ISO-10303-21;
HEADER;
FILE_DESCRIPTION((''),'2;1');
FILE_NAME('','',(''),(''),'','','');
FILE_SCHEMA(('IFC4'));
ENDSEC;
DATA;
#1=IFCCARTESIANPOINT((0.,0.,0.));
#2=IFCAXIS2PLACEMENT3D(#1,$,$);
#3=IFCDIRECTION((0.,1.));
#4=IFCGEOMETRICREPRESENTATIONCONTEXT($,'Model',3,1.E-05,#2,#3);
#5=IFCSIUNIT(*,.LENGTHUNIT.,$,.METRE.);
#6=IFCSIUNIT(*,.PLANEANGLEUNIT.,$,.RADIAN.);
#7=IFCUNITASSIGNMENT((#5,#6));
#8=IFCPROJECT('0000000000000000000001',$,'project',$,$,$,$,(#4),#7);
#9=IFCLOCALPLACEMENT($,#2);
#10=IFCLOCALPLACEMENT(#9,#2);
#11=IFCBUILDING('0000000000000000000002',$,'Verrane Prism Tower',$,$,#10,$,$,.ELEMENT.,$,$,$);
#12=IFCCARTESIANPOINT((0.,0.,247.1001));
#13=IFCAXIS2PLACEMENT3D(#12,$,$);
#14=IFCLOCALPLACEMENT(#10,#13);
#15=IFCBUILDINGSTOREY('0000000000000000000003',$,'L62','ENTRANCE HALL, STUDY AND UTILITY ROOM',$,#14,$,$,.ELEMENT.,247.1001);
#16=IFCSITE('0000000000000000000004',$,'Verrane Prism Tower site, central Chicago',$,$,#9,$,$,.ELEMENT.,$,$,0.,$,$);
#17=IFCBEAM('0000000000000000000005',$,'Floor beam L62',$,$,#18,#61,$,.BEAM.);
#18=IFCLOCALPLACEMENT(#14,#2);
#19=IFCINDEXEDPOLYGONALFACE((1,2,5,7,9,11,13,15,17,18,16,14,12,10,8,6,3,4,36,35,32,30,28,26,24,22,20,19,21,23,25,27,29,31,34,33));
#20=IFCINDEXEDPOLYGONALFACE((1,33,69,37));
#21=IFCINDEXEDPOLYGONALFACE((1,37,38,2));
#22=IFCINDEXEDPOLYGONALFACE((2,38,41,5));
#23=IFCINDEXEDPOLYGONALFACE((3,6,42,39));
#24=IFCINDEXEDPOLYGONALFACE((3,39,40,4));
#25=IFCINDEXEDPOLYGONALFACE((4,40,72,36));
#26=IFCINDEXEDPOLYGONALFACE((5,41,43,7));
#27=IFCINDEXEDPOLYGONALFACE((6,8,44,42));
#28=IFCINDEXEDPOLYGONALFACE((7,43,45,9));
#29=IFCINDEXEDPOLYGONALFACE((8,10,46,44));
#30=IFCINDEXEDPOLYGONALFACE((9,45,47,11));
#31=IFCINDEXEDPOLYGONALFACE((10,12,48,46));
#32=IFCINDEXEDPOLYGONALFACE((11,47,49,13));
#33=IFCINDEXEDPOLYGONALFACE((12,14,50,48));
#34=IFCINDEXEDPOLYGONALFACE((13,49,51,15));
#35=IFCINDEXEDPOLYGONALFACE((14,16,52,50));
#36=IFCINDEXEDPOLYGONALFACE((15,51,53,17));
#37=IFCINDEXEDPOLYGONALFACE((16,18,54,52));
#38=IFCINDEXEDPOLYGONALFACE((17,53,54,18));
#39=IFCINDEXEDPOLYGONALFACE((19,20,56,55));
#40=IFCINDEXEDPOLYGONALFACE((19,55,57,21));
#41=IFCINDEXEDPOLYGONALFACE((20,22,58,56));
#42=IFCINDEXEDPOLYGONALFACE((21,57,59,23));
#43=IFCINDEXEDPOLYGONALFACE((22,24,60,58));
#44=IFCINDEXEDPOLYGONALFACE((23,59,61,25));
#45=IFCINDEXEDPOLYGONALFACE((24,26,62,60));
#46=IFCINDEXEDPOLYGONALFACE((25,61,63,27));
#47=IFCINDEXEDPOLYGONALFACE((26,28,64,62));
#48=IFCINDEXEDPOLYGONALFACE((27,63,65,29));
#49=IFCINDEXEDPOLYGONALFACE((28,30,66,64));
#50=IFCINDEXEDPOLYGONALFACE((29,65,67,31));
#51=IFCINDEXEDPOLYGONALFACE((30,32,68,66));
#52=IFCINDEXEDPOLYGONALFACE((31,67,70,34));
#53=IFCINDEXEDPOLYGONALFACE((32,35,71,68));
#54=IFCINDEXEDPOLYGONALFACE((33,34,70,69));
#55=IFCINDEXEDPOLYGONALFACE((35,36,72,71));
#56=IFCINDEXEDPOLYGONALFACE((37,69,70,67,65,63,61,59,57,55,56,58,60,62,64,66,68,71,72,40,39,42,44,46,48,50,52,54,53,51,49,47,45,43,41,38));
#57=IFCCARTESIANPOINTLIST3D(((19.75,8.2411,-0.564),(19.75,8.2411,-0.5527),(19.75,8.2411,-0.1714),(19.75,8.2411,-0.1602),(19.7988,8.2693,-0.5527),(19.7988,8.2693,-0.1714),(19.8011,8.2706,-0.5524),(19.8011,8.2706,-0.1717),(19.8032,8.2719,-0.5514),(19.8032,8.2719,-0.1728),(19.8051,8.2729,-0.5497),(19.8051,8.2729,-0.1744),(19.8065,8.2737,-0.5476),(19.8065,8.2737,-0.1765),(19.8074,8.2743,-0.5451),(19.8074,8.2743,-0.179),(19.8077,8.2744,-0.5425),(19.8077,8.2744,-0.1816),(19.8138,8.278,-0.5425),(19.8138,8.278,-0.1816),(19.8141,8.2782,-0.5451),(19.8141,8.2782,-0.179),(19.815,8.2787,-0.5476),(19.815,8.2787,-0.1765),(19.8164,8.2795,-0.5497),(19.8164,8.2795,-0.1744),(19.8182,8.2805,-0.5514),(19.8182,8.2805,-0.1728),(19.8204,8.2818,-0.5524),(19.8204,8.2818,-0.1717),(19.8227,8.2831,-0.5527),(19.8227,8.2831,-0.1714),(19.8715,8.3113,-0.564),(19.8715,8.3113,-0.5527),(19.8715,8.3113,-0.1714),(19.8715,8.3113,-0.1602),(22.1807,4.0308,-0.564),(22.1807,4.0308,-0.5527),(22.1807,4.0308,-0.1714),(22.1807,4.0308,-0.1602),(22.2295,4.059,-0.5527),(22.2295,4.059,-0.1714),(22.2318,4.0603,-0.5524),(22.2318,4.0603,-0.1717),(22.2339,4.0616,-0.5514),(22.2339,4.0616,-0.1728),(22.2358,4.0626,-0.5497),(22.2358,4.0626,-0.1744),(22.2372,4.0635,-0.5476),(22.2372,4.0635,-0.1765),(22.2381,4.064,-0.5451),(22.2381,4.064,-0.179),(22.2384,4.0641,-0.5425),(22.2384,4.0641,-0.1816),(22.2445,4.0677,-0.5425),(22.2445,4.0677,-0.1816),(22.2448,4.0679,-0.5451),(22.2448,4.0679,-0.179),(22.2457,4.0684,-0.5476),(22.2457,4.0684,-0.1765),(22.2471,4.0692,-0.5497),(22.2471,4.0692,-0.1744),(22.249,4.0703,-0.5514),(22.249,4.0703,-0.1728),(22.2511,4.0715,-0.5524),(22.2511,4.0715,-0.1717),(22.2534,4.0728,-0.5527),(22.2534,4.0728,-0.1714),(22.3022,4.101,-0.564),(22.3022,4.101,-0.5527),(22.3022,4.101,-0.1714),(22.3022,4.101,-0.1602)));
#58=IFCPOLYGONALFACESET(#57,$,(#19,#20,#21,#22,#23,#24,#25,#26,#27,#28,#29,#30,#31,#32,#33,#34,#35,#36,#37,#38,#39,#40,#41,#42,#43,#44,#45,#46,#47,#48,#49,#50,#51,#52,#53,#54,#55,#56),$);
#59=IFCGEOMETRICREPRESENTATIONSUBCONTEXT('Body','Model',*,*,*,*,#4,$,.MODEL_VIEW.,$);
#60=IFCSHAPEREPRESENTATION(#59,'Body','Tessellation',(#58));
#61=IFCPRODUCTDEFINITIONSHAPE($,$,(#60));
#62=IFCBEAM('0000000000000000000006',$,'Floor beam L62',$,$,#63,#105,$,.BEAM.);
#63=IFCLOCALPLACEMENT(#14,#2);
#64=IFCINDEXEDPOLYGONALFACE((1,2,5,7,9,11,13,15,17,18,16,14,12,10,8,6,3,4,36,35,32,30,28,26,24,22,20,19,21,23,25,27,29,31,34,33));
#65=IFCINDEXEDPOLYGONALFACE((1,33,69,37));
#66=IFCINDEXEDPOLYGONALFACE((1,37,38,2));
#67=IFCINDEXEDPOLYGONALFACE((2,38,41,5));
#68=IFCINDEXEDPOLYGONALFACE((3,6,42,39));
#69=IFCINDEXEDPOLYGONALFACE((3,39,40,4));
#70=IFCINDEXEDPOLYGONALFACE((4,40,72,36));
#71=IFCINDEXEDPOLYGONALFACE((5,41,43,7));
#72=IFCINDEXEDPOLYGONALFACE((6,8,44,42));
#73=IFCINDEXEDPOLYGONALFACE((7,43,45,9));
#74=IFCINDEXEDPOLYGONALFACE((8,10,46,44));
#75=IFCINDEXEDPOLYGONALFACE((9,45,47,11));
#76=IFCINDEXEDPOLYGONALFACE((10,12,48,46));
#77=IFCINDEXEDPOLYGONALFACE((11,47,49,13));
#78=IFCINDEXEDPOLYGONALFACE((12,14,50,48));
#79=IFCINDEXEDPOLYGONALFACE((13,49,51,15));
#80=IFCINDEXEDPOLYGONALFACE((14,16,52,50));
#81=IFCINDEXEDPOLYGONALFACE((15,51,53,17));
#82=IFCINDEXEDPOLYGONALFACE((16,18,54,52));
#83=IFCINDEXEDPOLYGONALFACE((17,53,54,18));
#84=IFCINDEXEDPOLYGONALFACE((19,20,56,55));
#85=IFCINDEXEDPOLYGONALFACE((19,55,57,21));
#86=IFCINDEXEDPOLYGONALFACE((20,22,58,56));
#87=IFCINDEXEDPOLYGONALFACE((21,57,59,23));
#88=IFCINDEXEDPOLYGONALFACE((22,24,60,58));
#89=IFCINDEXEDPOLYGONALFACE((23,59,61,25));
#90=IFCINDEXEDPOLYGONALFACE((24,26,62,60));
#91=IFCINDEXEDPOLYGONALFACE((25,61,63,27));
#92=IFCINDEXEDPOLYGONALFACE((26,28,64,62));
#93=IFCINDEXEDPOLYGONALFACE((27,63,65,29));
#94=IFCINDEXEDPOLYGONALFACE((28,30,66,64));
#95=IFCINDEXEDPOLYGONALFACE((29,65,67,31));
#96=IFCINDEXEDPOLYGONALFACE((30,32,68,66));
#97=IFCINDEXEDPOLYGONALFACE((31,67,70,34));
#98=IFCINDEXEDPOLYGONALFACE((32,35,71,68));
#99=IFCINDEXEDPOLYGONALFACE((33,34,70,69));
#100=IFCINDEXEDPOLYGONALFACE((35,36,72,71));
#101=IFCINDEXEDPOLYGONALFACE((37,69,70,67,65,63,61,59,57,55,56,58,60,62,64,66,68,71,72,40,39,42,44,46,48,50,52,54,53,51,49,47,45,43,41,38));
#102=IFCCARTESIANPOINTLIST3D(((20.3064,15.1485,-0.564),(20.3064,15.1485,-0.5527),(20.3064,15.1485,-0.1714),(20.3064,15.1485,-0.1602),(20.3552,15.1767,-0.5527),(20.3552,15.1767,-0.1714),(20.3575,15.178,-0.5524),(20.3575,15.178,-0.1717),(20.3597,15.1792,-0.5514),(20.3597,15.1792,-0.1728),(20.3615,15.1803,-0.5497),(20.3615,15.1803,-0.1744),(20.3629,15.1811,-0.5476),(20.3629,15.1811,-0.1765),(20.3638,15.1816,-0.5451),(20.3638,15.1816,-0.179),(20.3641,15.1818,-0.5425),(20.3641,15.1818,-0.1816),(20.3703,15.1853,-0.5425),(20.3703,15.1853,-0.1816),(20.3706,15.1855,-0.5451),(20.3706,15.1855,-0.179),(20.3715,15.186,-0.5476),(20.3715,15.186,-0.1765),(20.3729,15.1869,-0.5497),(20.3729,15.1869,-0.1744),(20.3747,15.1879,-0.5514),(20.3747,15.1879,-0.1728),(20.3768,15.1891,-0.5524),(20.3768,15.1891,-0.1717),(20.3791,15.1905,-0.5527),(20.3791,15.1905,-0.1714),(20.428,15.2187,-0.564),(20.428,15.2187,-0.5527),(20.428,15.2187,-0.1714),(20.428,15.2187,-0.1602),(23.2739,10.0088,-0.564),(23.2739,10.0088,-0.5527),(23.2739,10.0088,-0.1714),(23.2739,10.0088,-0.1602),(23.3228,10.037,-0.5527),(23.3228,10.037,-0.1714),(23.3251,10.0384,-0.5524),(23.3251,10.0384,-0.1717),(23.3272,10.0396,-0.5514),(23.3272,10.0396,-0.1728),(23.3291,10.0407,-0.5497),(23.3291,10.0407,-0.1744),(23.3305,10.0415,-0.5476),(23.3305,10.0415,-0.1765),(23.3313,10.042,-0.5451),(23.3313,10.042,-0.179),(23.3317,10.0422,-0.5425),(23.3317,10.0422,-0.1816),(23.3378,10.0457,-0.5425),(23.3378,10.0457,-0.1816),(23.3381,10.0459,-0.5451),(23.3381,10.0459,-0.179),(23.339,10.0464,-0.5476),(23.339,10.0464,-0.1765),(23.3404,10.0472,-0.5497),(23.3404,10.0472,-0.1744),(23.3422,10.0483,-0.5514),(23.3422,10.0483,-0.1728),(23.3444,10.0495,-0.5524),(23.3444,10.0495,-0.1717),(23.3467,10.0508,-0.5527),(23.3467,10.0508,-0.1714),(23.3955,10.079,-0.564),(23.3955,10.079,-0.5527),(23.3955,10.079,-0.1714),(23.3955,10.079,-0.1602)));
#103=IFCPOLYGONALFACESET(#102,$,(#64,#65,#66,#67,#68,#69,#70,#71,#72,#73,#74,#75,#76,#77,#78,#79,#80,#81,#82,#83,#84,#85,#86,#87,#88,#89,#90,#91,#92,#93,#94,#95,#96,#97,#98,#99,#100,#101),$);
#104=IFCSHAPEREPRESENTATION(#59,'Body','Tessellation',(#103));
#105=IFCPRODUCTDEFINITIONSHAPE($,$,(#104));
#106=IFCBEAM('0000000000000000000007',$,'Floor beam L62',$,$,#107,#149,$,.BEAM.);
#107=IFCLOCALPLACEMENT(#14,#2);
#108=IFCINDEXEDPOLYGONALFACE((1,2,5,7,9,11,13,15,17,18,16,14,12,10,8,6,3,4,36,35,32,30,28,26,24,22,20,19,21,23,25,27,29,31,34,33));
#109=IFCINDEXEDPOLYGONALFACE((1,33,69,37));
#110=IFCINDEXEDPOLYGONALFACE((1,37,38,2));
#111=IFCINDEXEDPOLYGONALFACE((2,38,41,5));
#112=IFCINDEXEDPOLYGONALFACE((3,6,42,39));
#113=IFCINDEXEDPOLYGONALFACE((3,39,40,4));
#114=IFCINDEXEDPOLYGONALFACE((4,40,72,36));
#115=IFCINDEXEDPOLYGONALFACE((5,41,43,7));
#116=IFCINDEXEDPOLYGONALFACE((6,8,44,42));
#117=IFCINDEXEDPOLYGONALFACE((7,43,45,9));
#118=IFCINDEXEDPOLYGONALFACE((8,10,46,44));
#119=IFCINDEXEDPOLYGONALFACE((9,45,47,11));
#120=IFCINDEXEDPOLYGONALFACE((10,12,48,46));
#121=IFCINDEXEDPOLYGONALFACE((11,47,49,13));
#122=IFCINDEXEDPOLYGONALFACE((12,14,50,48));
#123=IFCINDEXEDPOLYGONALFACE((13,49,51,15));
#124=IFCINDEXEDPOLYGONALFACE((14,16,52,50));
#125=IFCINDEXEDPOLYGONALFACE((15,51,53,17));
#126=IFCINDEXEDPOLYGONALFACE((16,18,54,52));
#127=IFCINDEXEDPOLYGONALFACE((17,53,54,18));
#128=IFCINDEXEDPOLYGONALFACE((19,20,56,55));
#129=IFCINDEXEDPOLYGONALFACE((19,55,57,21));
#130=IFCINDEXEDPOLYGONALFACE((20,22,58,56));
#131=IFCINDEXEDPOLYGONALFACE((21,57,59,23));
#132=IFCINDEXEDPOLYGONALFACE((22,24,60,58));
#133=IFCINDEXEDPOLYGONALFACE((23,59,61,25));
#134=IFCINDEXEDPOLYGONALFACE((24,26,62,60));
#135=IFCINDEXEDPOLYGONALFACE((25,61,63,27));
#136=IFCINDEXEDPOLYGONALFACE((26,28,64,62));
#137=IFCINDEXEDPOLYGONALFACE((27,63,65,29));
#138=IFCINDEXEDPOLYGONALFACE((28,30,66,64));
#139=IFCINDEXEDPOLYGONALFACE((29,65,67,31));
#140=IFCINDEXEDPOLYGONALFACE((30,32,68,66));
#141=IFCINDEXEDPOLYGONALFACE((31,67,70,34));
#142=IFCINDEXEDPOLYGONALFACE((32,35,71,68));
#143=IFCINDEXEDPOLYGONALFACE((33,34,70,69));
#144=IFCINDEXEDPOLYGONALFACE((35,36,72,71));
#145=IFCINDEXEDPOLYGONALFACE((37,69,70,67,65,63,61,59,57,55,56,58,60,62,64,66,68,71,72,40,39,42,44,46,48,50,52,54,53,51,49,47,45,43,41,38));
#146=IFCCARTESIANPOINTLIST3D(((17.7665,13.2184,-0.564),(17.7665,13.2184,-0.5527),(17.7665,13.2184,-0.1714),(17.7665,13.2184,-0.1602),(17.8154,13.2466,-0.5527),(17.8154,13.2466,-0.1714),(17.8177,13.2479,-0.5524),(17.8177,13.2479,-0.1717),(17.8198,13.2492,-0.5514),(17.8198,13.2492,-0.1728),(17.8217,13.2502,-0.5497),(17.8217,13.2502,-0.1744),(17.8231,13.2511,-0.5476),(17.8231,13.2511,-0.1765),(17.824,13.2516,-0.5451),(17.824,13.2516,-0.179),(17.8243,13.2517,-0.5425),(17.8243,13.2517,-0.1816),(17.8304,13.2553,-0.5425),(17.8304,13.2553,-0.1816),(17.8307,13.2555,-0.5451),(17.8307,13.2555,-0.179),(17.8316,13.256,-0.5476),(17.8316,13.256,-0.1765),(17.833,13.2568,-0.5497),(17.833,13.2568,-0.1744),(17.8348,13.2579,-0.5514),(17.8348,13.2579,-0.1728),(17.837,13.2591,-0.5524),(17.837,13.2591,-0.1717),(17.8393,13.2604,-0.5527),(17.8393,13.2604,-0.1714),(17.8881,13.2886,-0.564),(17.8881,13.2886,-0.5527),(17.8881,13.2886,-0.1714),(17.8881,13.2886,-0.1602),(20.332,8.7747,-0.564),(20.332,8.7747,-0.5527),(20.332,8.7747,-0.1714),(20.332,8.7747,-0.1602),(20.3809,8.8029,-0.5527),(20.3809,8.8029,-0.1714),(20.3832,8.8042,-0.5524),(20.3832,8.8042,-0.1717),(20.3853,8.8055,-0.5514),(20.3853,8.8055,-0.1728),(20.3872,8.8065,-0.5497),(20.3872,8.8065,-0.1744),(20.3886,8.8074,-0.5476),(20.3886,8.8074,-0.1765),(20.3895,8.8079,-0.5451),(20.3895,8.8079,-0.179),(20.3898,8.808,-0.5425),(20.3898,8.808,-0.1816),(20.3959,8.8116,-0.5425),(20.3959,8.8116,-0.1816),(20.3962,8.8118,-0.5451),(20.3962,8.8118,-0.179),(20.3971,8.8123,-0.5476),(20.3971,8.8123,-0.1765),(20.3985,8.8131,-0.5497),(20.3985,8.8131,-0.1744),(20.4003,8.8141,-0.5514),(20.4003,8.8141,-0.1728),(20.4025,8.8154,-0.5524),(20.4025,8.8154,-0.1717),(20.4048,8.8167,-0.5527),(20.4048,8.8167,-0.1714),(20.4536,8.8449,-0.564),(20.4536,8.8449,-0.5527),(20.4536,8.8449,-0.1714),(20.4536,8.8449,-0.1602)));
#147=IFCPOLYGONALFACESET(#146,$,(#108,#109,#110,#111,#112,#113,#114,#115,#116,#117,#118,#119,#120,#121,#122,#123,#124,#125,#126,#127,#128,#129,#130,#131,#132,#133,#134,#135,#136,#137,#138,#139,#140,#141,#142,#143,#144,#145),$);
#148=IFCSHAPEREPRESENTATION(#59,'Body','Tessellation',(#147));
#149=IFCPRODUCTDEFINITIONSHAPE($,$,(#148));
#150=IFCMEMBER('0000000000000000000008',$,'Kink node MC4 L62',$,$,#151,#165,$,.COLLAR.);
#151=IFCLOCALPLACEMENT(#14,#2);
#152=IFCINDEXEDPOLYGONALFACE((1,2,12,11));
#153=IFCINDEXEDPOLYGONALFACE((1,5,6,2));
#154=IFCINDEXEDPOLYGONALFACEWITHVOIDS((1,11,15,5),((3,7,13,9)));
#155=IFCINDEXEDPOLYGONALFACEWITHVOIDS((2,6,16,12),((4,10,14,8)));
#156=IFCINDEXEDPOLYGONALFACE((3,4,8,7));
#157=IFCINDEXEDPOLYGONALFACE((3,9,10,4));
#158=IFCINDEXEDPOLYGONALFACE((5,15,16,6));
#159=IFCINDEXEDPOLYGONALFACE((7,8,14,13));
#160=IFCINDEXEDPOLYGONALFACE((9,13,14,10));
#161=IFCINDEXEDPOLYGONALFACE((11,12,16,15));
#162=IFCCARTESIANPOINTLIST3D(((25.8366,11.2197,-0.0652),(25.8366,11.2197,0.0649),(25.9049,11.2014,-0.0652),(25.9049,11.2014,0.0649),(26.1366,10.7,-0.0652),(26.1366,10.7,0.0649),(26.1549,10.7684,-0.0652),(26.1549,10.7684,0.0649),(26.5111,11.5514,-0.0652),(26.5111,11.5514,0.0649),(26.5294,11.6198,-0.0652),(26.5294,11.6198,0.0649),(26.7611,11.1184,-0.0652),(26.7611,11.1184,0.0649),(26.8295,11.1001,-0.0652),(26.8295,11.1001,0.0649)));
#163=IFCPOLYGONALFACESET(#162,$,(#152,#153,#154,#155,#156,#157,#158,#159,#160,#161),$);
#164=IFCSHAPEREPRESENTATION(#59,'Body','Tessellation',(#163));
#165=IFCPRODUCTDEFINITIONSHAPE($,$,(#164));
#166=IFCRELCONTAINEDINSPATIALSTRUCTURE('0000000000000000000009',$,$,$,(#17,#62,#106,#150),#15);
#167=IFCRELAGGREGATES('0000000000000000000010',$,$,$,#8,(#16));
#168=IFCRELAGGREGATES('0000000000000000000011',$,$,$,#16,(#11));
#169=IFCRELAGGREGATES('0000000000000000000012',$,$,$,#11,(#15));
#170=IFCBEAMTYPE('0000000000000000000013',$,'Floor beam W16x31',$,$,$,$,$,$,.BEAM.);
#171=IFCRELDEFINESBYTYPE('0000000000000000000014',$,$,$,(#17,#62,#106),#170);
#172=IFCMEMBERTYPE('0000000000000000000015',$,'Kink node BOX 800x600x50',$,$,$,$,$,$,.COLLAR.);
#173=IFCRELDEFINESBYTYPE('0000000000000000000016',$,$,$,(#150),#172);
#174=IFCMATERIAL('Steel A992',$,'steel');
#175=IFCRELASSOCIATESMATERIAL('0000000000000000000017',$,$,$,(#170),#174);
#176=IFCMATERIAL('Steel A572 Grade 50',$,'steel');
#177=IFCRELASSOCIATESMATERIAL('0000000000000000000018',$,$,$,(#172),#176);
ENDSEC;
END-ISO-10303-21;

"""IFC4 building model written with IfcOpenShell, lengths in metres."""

from ifc_helpers import new_model, si_unit, direction, frame, origin, origin_2d, place, context, subcontext, project, spatial, hollow_rectangle, i_section, extrude, material, material_profile, profile_set, type_object, element, save


model = new_model("IFC4")

# Units and contexts
model_context = context("Model", 3, precision=1e-05, world=origin(), true_north=direction((0.0, 1.0)))
body_context = subcontext(model_context, "Body", "Model", "MODEL_VIEW")
ifc_project = project(units=[si_unit("LENGTHUNIT", "METRE"), si_unit("PLANEANGLEUNIT", "RADIAN")], contexts=[model_context])

# Site, building, storey
site_placement = place(None, origin())
site = spatial("IfcSite", under=ifc_project, at=site_placement, Name="Verrane Prism Tower site, central Chicago", CompositionType="ELEMENT", RefElevation=0.0)
building_placement = place(site_placement, origin())
building = spatial("IfcBuilding", under=site, at=building_placement, Name="Verrane Prism Tower", CompositionType="ELEMENT")
storey_placement = place(building_placement, frame((0.0, 0.0, 247.1001)))
storey = spatial("IfcBuildingStorey", under=building, at=storey_placement, Name="L62", Description="ENTRANCE HALL, STUDY AND UTILITY ROOM", CompositionType="ELEMENT", Elevation=247.1001)

# Beams
ifc_material_1 = material(Name="Steel A992", Category="steel")
ifc_material_profile_1 = material_profile(ifc_material_1, i_section(OverallWidth=0.1404, OverallDepth=0.4038, WebThickness=0.0071, FlangeThickness=0.0112, FilletRadius=0.0103, at=origin_2d()), Name="W16x31")
ifc_profile_set_1 = profile_set([ifc_material_profile_1], Name="Steel A992")
beam_type_1 = type_object("IfcBeamType", Name="Floor beam W16x31", PredefinedType="BEAM", material=ifc_profile_set_1)
beam_1_placement = place(storey_placement, frame((22.2415, 4.0659, -0.3621), z_axis=(-0.499985, 0.866034, 0.0), x_axis=(-0.866034, -0.499985, 0.0)))
element("IfcBeam", 1, at=beam_1_placement, inside=storey, type_object=beam_type_1, Name="Floor beam L62", PredefinedType="BEAM", context=body_context, shape_type="SweptSolid", body=[
    extrude(i_section(OverallWidth=0.1404, OverallDepth=0.4038, WebThickness=0.0071, FlangeThickness=0.0112, FilletRadius=0.0103, at=origin_2d()), origin(), (0.0, 0.0, 1.0), 4.8616),
])
beam_2_placement = place(storey_placement, frame((23.3347, 10.0439, -0.3621), z_axis=(-0.500019, 0.866014, 0.0), x_axis=(-0.866014, -0.500019, 0.0)))
element("IfcBeam", 2, at=beam_2_placement, inside=storey, type_object=beam_type_1, Name="Floor beam L62", PredefinedType="BEAM", context=body_context, shape_type="SweptSolid", body=[
    extrude(i_section(OverallWidth=0.1404, OverallDepth=0.4038, WebThickness=0.0071, FlangeThickness=0.0112, FilletRadius=0.0103, at=origin_2d()), origin(), (0.0, 0.0, 1.0), 5.9348),
])
beam_3_placement = place(storey_placement, frame((20.3928, 8.8098, -0.3621), z_axis=(-0.499987, 0.866033, 0.0), x_axis=(-0.866033, -0.499987, 0.0)))
element("IfcBeam", 3, at=beam_3_placement, inside=storey, type_object=beam_type_1, Name="Floor beam L62", PredefinedType="BEAM", context=body_context, shape_type="SweptSolid", body=[
    extrude(i_section(OverallWidth=0.1404, OverallDepth=0.4038, WebThickness=0.0071, FlangeThickness=0.0112, FilletRadius=0.0103, at=origin_2d()), origin(), (0.0, 0.0, 1.0), 5.1311),
])

# Member
ifc_material_2 = material(Name="Steel A572 Grade 50", Category="steel")
ifc_material_profile_2 = material_profile(ifc_material_2, hollow_rectangle(XDim=0.6001, YDim=0.8, WallThickness=0.05, at=origin_2d()), Name="BOX 800x600x50")
ifc_profile_set_2 = profile_set([ifc_material_profile_2], Name="Steel A572 Grade 50")
member_type_1 = type_object("IfcMemberType", Name="Kink node BOX 800x600x50", PredefinedType="COLLAR", material=ifc_profile_set_2)
member_1_placement = place(storey_placement, frame((26.333, 11.1599, -0.0652), z_axis=(0.0, 0.0, 1.0), x_axis=(0.5, -0.866025, 0.0)))
element("IfcMember", 4, at=member_1_placement, inside=storey, type_object=member_type_1, Name="Kink node MC4 L62", PredefinedType="COLLAR", context=body_context, shape_type="SweptSolid", body=[
    extrude(hollow_rectangle(XDim=0.6001, YDim=0.8, WallThickness=0.05, at=origin_2d()), origin(), (0.0, 0.0, 1.0), 0.1301),
])

save(model, "model.ifc")
